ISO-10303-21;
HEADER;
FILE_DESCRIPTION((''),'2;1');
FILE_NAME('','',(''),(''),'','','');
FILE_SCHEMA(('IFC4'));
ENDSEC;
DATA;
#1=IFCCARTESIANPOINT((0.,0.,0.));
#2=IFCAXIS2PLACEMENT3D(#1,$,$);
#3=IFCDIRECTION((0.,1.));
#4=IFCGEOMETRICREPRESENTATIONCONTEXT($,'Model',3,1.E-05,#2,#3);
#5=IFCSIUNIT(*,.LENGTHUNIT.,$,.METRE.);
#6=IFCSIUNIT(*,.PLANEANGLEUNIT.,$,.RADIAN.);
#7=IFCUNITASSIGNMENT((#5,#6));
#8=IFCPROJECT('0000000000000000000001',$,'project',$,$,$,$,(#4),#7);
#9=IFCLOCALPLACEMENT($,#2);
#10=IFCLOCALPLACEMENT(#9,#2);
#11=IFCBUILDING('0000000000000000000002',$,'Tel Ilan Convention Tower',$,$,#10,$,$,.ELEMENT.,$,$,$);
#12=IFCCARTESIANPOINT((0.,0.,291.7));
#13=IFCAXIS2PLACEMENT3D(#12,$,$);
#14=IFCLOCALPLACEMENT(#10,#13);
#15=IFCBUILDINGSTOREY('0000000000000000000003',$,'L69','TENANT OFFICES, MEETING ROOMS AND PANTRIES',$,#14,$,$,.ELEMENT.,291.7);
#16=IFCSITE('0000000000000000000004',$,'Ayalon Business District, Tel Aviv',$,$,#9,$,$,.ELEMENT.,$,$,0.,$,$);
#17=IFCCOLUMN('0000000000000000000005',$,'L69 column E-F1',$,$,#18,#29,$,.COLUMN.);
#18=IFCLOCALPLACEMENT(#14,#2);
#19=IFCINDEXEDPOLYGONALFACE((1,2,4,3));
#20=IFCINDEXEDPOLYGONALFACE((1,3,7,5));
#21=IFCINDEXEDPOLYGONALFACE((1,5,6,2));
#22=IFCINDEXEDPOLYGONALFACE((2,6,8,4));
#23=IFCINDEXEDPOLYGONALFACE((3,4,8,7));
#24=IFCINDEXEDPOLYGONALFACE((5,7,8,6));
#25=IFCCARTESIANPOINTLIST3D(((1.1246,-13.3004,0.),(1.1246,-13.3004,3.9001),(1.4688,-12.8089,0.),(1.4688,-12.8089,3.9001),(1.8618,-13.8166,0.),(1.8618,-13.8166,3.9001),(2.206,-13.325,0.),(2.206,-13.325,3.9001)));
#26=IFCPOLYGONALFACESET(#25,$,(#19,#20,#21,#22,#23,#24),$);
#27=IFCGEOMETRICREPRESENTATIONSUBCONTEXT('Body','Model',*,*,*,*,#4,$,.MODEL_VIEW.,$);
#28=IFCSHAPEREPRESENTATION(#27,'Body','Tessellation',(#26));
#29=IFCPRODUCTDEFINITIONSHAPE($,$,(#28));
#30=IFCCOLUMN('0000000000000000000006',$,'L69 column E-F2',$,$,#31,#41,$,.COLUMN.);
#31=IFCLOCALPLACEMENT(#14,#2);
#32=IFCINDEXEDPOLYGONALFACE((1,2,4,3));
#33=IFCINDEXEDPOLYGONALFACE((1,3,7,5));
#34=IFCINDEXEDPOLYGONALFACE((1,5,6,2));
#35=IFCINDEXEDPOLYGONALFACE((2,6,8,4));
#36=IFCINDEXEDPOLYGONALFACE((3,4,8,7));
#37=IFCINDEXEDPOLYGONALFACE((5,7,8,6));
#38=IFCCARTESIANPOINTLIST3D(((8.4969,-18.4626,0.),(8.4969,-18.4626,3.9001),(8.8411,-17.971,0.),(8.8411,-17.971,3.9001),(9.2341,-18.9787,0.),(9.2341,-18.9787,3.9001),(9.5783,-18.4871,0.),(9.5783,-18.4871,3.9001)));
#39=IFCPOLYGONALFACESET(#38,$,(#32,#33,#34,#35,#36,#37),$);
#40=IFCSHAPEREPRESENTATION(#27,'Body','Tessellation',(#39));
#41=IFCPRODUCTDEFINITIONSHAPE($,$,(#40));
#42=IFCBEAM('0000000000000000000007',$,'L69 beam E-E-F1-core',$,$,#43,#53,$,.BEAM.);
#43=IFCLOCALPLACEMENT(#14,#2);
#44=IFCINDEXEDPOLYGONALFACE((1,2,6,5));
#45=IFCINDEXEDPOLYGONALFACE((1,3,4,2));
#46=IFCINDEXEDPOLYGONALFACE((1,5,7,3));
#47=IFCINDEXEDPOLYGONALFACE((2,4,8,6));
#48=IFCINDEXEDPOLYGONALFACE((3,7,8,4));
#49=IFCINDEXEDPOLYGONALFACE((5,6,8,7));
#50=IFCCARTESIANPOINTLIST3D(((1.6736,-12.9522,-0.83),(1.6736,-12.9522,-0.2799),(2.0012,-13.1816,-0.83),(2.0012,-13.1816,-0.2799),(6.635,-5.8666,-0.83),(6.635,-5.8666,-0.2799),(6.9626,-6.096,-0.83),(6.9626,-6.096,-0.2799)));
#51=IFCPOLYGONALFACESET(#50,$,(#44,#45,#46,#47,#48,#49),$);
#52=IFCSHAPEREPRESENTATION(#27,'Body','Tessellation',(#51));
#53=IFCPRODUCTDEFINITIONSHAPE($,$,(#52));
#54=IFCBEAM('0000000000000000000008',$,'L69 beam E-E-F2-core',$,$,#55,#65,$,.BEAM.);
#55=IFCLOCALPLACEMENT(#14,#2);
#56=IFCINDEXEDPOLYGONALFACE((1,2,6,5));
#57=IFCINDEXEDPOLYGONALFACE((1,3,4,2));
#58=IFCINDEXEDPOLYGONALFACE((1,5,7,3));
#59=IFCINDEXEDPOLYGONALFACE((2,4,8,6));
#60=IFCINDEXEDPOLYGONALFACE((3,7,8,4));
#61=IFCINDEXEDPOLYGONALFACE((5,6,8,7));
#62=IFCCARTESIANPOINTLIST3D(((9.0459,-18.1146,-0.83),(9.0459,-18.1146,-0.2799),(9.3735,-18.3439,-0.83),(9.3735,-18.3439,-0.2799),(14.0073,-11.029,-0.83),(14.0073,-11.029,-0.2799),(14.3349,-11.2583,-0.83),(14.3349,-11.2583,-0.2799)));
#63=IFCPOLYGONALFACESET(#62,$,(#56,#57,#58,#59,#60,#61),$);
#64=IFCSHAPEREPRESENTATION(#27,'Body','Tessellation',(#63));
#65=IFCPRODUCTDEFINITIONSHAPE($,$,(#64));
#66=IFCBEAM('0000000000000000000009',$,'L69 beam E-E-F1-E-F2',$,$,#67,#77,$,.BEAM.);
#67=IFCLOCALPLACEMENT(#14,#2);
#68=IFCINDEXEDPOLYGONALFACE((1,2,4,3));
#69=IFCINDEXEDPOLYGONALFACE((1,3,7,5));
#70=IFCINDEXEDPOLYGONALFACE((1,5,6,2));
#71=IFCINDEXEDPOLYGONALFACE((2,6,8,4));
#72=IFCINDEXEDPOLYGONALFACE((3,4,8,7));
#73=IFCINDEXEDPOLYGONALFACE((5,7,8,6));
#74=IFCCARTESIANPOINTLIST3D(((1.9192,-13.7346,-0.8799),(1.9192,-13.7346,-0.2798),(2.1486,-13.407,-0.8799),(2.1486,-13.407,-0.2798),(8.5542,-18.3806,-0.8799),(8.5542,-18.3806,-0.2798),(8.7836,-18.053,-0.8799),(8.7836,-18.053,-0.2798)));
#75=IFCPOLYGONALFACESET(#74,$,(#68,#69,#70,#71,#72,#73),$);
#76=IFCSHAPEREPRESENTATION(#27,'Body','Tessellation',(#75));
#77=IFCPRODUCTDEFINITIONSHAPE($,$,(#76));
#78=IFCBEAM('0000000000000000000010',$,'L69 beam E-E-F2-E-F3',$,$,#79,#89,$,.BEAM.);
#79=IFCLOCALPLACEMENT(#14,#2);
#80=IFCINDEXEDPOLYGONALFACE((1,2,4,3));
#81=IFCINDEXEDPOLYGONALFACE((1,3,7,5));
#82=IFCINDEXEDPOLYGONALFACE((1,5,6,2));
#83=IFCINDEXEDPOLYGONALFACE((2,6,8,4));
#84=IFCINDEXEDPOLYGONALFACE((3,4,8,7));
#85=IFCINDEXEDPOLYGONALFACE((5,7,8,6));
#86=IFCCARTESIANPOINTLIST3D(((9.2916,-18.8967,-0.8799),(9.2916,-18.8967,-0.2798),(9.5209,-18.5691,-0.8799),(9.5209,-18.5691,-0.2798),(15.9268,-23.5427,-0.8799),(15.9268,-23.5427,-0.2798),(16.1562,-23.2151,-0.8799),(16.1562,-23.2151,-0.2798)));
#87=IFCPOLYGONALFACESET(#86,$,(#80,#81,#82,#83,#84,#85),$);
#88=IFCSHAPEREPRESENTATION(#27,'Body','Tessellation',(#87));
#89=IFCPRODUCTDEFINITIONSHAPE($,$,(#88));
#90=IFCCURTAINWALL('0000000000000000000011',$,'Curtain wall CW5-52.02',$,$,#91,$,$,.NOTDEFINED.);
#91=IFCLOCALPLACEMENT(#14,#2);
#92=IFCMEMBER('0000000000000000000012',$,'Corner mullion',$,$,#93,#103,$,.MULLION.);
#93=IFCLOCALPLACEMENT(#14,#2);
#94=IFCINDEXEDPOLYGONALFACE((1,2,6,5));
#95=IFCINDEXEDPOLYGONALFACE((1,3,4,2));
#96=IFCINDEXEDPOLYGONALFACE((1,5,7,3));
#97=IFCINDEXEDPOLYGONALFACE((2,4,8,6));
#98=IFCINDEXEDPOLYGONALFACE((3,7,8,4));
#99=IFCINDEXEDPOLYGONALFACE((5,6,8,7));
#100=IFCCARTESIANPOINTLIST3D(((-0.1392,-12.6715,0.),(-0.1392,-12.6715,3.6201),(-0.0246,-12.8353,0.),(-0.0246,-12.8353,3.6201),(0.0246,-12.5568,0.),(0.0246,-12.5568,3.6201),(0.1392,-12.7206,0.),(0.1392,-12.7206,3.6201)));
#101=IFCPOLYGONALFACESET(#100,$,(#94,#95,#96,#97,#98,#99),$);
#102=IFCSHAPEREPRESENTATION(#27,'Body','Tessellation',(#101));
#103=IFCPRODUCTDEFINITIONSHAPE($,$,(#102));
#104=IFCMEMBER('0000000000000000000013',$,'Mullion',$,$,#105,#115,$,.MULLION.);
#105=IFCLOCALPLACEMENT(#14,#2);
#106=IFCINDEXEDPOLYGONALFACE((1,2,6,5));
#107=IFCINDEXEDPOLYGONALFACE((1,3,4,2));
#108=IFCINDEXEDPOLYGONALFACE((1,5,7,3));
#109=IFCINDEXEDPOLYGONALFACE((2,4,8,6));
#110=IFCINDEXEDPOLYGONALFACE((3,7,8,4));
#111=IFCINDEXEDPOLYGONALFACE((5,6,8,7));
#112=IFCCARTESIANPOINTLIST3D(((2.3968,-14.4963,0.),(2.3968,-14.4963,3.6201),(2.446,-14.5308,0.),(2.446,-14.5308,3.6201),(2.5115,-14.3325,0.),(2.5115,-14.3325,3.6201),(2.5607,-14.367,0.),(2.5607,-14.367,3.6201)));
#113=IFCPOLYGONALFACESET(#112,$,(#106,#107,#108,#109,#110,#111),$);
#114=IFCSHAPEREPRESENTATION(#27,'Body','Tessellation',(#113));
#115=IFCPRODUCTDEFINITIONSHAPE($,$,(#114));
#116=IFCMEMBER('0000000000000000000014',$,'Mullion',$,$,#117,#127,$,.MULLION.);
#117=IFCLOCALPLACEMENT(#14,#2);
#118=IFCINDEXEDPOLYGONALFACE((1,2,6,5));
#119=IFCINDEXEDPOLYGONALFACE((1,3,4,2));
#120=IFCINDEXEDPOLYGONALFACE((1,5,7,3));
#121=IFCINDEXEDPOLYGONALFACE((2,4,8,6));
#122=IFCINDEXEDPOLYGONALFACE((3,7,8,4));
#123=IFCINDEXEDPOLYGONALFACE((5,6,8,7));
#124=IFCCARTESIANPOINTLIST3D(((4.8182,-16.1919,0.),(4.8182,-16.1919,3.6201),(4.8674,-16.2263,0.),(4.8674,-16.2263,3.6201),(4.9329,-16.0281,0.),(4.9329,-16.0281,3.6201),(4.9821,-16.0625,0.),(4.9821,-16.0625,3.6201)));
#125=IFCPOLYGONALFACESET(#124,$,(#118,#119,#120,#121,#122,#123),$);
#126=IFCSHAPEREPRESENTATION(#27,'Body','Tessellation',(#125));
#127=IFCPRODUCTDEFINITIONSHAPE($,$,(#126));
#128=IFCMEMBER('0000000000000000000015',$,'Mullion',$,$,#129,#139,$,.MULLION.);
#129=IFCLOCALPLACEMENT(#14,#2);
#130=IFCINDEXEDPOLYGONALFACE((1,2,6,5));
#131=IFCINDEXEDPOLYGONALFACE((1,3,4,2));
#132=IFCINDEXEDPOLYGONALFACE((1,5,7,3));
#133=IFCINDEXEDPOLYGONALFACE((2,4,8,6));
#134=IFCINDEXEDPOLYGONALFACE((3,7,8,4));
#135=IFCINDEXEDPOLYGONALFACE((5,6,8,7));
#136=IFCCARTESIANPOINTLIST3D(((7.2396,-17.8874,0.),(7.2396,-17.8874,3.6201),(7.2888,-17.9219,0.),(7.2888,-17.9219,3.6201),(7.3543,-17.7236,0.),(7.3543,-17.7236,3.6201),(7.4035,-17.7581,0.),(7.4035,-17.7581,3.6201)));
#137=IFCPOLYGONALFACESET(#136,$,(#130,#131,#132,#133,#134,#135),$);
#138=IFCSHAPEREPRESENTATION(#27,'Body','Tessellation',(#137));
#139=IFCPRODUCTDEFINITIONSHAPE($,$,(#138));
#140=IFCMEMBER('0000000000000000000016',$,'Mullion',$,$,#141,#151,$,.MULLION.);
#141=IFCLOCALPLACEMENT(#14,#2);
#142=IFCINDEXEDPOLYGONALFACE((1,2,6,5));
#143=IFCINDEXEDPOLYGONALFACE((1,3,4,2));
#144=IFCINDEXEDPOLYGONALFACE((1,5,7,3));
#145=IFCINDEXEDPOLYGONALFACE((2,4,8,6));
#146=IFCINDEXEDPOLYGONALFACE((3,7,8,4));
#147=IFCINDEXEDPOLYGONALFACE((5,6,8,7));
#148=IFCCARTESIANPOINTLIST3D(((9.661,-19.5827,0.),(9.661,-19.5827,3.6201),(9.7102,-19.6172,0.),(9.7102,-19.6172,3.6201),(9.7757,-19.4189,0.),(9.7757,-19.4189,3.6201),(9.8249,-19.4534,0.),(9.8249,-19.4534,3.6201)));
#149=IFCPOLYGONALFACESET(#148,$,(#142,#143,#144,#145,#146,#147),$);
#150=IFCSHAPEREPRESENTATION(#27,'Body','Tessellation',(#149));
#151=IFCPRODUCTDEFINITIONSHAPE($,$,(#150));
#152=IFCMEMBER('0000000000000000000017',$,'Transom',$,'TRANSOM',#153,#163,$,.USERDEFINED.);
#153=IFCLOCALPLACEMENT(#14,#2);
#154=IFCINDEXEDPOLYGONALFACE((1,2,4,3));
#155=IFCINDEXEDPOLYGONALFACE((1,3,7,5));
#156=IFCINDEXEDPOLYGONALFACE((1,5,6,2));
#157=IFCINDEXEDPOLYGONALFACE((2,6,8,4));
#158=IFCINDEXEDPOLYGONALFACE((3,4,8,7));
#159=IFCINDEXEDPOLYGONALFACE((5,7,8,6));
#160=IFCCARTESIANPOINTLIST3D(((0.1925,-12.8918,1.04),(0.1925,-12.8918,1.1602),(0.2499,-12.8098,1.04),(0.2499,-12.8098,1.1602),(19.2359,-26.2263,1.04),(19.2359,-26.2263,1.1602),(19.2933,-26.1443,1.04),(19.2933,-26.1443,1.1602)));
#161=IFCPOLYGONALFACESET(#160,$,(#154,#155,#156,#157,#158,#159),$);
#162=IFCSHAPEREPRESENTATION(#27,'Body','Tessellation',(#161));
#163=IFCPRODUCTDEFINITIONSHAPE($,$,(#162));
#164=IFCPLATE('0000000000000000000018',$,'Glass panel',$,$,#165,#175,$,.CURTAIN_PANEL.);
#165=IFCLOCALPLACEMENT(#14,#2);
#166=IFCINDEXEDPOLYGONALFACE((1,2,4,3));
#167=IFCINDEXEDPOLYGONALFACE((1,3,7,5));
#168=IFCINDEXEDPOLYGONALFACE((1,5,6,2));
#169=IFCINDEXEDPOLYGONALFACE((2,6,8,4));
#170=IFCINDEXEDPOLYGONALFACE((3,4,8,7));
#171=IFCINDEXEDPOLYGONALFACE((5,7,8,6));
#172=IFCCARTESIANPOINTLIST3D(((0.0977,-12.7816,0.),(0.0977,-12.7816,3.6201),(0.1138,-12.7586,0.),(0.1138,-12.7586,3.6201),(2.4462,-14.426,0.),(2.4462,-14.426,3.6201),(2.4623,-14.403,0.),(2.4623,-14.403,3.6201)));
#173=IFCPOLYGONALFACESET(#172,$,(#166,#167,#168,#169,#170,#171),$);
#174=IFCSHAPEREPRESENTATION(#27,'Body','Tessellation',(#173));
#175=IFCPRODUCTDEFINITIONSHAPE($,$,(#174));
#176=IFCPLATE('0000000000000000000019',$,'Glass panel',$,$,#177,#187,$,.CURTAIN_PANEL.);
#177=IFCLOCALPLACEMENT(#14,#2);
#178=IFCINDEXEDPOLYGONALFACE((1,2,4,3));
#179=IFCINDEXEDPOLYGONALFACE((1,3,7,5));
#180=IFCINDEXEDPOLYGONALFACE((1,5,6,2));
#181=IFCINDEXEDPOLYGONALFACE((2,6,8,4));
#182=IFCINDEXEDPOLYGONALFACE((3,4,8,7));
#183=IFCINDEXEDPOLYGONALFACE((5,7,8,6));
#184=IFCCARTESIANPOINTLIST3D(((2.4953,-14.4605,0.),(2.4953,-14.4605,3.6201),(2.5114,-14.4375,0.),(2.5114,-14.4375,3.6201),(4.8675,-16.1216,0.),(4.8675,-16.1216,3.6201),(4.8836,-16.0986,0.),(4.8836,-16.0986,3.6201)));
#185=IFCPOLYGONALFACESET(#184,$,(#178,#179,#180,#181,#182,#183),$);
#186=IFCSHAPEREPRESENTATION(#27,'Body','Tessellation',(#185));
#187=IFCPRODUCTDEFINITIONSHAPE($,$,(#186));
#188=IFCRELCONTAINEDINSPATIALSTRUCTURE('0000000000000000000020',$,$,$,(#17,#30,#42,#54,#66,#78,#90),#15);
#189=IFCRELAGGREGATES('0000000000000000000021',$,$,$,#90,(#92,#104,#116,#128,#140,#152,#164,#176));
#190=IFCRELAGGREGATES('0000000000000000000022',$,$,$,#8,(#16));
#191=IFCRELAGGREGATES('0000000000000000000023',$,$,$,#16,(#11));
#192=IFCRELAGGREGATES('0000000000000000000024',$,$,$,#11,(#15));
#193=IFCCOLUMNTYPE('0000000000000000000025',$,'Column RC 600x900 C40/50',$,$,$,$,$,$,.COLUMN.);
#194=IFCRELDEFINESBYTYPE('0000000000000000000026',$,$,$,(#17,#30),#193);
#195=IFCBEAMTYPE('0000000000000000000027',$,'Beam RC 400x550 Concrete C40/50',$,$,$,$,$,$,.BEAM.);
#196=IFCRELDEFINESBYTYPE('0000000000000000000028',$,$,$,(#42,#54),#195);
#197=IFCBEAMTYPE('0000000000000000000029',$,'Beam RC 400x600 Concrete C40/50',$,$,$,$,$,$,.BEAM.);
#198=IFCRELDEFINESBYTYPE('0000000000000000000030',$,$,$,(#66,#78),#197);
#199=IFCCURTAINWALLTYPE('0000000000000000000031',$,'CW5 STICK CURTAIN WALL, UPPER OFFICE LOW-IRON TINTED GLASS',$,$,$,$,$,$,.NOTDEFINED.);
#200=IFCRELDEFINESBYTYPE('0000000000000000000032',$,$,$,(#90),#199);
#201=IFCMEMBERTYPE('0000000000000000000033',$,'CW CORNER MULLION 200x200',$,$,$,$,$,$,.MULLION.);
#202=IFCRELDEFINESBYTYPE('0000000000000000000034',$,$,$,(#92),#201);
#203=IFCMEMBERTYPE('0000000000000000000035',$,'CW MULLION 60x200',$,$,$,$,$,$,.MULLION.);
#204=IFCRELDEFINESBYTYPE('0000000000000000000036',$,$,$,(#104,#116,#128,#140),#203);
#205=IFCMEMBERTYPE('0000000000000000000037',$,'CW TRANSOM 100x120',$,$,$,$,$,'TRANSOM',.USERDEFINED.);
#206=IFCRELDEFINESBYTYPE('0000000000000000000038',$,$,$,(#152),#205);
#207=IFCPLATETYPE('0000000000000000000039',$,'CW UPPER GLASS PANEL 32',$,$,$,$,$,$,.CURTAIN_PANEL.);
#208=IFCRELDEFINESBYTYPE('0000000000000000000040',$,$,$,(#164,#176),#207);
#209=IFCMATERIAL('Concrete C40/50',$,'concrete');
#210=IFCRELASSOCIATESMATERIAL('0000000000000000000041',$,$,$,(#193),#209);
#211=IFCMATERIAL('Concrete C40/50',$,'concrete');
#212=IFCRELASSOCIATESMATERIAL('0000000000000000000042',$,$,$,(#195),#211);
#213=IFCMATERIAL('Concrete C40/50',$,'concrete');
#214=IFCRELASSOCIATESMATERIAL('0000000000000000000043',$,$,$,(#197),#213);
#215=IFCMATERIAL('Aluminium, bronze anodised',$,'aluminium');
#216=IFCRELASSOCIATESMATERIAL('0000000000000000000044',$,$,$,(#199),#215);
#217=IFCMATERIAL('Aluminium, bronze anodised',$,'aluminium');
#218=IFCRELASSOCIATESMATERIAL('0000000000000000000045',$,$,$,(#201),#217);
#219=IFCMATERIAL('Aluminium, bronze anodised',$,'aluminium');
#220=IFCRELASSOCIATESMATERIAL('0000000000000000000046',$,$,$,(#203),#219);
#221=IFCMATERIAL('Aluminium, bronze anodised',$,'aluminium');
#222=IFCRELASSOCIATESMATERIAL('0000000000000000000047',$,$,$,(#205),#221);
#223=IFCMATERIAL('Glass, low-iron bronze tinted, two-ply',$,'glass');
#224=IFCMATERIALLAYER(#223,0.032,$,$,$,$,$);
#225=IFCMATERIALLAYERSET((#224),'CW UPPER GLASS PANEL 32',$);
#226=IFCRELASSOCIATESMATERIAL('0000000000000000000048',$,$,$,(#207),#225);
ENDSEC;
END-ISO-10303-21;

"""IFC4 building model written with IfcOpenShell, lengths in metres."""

from ifc_helpers import new_model, si_unit, direction, frame, origin, origin_2d, place, context, subcontext, project, spatial, rectangle, extrude, material, layer, layer_set, material_profile, profile_set, type_object, element, aggregate, save


model = new_model("IFC4")

# Units and contexts
model_context = context("Model", 3, precision=1e-05, world=origin(), true_north=direction((0.0, 1.0)))
body_context = subcontext(model_context, "Body", "Model", "MODEL_VIEW")
ifc_project = project(units=[si_unit("LENGTHUNIT", "METRE"), si_unit("PLANEANGLEUNIT", "RADIAN")], contexts=[model_context])

# Site, building, storey
site_placement = place(None, origin())
site = spatial("IfcSite", under=ifc_project, at=site_placement, Name="Ayalon Business District, Tel Aviv", CompositionType="ELEMENT", RefElevation=0.0)
building_placement = place(site_placement, origin())
building = spatial("IfcBuilding", under=site, at=building_placement, Name="Tel Ilan Convention Tower", CompositionType="ELEMENT")
storey_placement = place(building_placement, frame((0.0, 0.0, 291.7)))
storey = spatial("IfcBuildingStorey", under=building, at=storey_placement, Name="L69", Description="TENANT OFFICES, MEETING ROOMS AND PANTRIES", CompositionType="ELEMENT", Elevation=291.7)

# Columns
ifc_material_1 = material(Name="Concrete C40/50", Category="concrete")
ifc_material_profile_1 = material_profile(ifc_material_1, rectangle(XDim=0.8999, YDim=0.6001, at=origin_2d()), Name="RC 600x900")
ifc_profile_set_1 = profile_set([ifc_material_profile_1], Name="Concrete C40/50")
column_type = type_object("IfcColumnType", Name="Column RC 600x900 C40/50", PredefinedType="COLUMN", material=ifc_profile_set_1)
for number, where, z_axis, x_axis, name in (
    (1, (1.6653, -13.3127, 0.0), (0.0, 0.0, 1.0), (0.819152, -0.573576, 0.0), "L69 column E-F1"),
    (2, (9.0376, -18.4749, 0.0), (0.0, 0.0, 1.0), (0.819152, -0.573576, 0.0), "L69 column E-F2"),
):
    element("IfcColumn", number, at=place(storey_placement, frame(where, z_axis=z_axis, x_axis=x_axis)), inside=storey, type_object=column_type, Name=name, PredefinedType="COLUMN", context=body_context, shape_type="SweptSolid", body=[
        extrude(rectangle(XDim=0.8999, YDim=0.6001, at=origin_2d()), origin(), (0.0, 0.0, 1.0), 3.9001),
    ])

# Beams
ifc_material_2 = material(Name="Concrete C40/50", Category="concrete")
ifc_material_profile_2 = material_profile(ifc_material_2, rectangle(XDim=0.3999, YDim=0.55, at=origin_2d()), Name="RC 400x550")
ifc_profile_set_2 = profile_set([ifc_material_profile_2], Name="Concrete C40/50")
beam_type_1 = type_object("IfcBeamType", Name="Beam RC 400x550 Concrete C40/50", PredefinedType="BEAM", material=ifc_profile_set_2)
for number, where, z_axis, x_axis, name in (
    (3, (1.8374, -13.0669, -0.5549), (0.573574, 0.819154, 0.0), (-0.819154, 0.573574, 0.0), "L69 beam E-E-F1-core"),
    (4, (9.2097, -18.2292, -0.5549), (0.573574, 0.819154, 0.0), (-0.819154, 0.573574, 0.0), "L69 beam E-E-F2-core"),
):
    element("IfcBeam", number, at=place(storey_placement, frame(where, z_axis=z_axis, x_axis=x_axis)), inside=storey, type_object=beam_type_1, Name=name, PredefinedType="BEAM", context=body_context, shape_type="SweptSolid", body=[
        extrude(rectangle(XDim=0.3999, YDim=0.55, at=origin_2d()), origin(), (0.0, 0.0, 1.0), 8.6499),
    ])
ifc_material_3 = material(Name="Concrete C40/50", Category="concrete")
ifc_material_profile_3 = material_profile(ifc_material_3, rectangle(XDim=0.3999, YDim=0.6001, at=origin_2d()), Name="RC 400x600")
ifc_profile_set_3 = profile_set([ifc_material_profile_3], Name="Concrete C40/50")
beam_type_2 = type_object("IfcBeamType", Name="Beam RC 400x600 Concrete C40/50", PredefinedType="BEAM", material=ifc_profile_set_3)
beam_1_placement = place(storey_placement, frame((2.0339, -13.5708, -0.5798), z_axis=(0.819146, -0.573586, 0.0), x_axis=(0.573586, 0.819146, 0.0)))
element("IfcBeam", 5, at=beam_1_placement, inside=storey, type_object=beam_type_2, Name="L69 beam E-E-F1-E-F2", PredefinedType="BEAM", context=body_context, shape_type="SweptSolid", body=[
    extrude(rectangle(XDim=0.3999, YDim=0.6001, at=origin_2d()), origin(), (0.0, 0.0, 1.0), 8.0999),
])
beam_2_placement = place(storey_placement, frame((9.4062, -18.7329, -0.5798), z_axis=(0.819155, -0.573572, 0.0), x_axis=(0.573572, 0.819155, 0.0)))
element("IfcBeam", 6, at=beam_2_placement, inside=storey, type_object=beam_type_2, Name="L69 beam E-E-F2-E-F3", PredefinedType="BEAM", context=body_context, shape_type="SweptSolid", body=[
    extrude(rectangle(XDim=0.3999, YDim=0.6001, at=origin_2d()), origin(), (0.0, 0.0, 1.0), 8.1001),
])

# Curtain wall, members, plates
ifc_material_4 = material(Name="Aluminium, bronze anodised", Category="aluminium")
curtain_wall_type = type_object("IfcCurtainWallType", Name="CW5 STICK CURTAIN WALL, UPPER OFFICE LOW-IRON TINTED GLASS", PredefinedType="NOTDEFINED", material=ifc_material_4)
curtain_wall_placement = place(storey_placement, origin())
curtain_wall = element("IfcCurtainWall", 7, at=curtain_wall_placement, inside=storey, type_object=curtain_wall_type, Name="Curtain wall CW5-52.02", PredefinedType="NOTDEFINED")
ifc_material_5 = material(Name="Aluminium, bronze anodised", Category="aluminium")
ifc_material_profile_4 = material_profile(ifc_material_5, rectangle(XDim=0.2, YDim=0.2, at=origin_2d()), Name="CW CORNER MULLION 200x200")
ifc_profile_set_4 = profile_set([ifc_material_profile_4], Name="Aluminium, bronze anodised")
member_type_1 = type_object("IfcMemberType", Name="CW CORNER MULLION 200x200", PredefinedType="MULLION", material=ifc_profile_set_4)
member_1_placement = place(storey_placement, frame((0.0, -12.696, 0.0), z_axis=(0.0, 0.0, 1.0), x_axis=(0.819152, 0.573576, 0.0)))
member_1 = element("IfcMember", 8, at=member_1_placement, type_object=member_type_1, Name="Corner mullion", PredefinedType="MULLION", context=body_context, shape_type="SweptSolid", body=[
    extrude(rectangle(XDim=0.2, YDim=0.2, at=origin_2d()), origin(), (0.0, 0.0, 1.0), 3.6201),
])
ifc_material_6 = material(Name="Aluminium, bronze anodised", Category="aluminium")
ifc_material_profile_5 = material_profile(ifc_material_6, rectangle(XDim=0.0601, YDim=0.2, at=origin_2d()), Name="CW MULLION 60x200")
ifc_profile_set_5 = profile_set([ifc_material_profile_5], Name="Aluminium, bronze anodised")
member_type_2 = type_object("IfcMemberType", Name="CW MULLION 60x200", PredefinedType="MULLION", material=ifc_profile_set_5)
member_2_placement = place(storey_placement, frame((2.4788, -14.4316, 0.0), z_axis=(0.0, 0.0, 1.0), x_axis=(0.819152, -0.573576, 0.0)))
member_2 = element("IfcMember", 9, at=member_2_placement, type_object=member_type_2, Name="Mullion", PredefinedType="MULLION", context=body_context, shape_type="SweptSolid", body=[
    extrude(rectangle(XDim=0.0601, YDim=0.2, at=origin_2d()), origin(), (0.0, 0.0, 1.0), 3.6201),
])
member_3_placement = place(storey_placement, frame((4.9001, -16.1272, 0.0), z_axis=(0.0, 0.0, 1.0), x_axis=(0.819152, -0.573576, 0.0)))
member_3 = element("IfcMember", 10, at=member_3_placement, type_object=member_type_2, Name="Mullion", PredefinedType="MULLION", context=body_context, shape_type="SweptSolid", body=[
    extrude(rectangle(XDim=0.0601, YDim=0.2, at=origin_2d()), origin(), (0.0, 0.0, 1.0), 3.6201),
])
member_4_placement = place(storey_placement, frame((7.3215, -17.8228, 0.0), z_axis=(0.0, 0.0, 1.0), x_axis=(0.819152, -0.573576, 0.0)))
member_4 = element("IfcMember", 11, at=member_4_placement, type_object=member_type_2, Name="Mullion", PredefinedType="MULLION", context=body_context, shape_type="SweptSolid", body=[
    extrude(rectangle(XDim=0.0601, YDim=0.2, at=origin_2d()), origin(), (0.0, 0.0, 1.0), 3.6201),
])
member_5_placement = place(storey_placement, frame((9.7429, -19.5181, 0.0), z_axis=(0.0, 0.0, 1.0), x_axis=(0.819152, -0.573576, 0.0)))
member_5 = element("IfcMember", 12, at=member_5_placement, type_object=member_type_2, Name="Mullion", PredefinedType="MULLION", context=body_context, shape_type="SweptSolid", body=[
    extrude(rectangle(XDim=0.0601, YDim=0.2, at=origin_2d()), origin(), (0.0, 0.0, 1.0), 3.6201),
])
ifc_material_7 = material(Name="Aluminium, bronze anodised", Category="aluminium")
ifc_material_profile_6 = material_profile(ifc_material_7, rectangle(XDim=0.1001, YDim=0.1201, at=origin_2d()), Name="CW TRANSOM 100x120")
ifc_profile_set_6 = profile_set([ifc_material_profile_6], Name="Aluminium, bronze anodised")
member_type_3 = type_object("IfcMemberType", Name="CW TRANSOM 100x120", ElementType="TRANSOM", PredefinedType="USERDEFINED", material=ifc_profile_set_6)
member_6_placement = place(storey_placement, frame((0.2212, -12.8508, 1.1001), z_axis=(0.81915, -0.573579, 0.0), x_axis=(0.573579, 0.81915, 0.0)))
member_6 = element("IfcMember", 13, at=member_6_placement, type_object=member_type_3, Name="Transom", ObjectType="TRANSOM", PredefinedType="USERDEFINED", context=body_context, shape_type="SweptSolid", body=[
    extrude(rectangle(XDim=0.1001, YDim=0.1201, at=origin_2d()), origin(), (0.0, 0.0, 1.0), 23.2478),
])
ifc_material_8 = material(Name="Glass, low-iron bronze tinted, two-ply", Category="glass")
ifc_layer_1 = layer(ifc_material_8, 0.032)
ifc_layer_set_1 = layer_set([ifc_layer_1], Name="CW UPPER GLASS PANEL 32")
plate_type = type_object("IfcPlateType", Name="CW UPPER GLASS PANEL 32", PredefinedType="CURTAIN_PANEL", material=ifc_layer_set_1)
plate_1_placement = place(storey_placement, frame((1.28, -13.5923, 0.0), z_axis=(0.0, 0.0, 1.0), x_axis=(0.819152, -0.573576, 0.0)))
plate_1 = element("IfcPlate", 14, at=plate_1_placement, type_object=plate_type, Name="Glass panel", PredefinedType="CURTAIN_PANEL", context=body_context, shape_type="SweptSolid", body=[
    extrude(rectangle(XDim=2.8669, YDim=0.0281, at=origin_2d()), origin(), (0.0, 0.0, 1.0), 3.6201),
])
plate_2_placement = place(storey_placement, frame((3.6895, -15.2795, 0.0), z_axis=(0.0, 0.0, 1.0), x_axis=(0.819152, -0.573576, 0.0)))
plate_2 = element("IfcPlate", 15, at=plate_2_placement, type_object=plate_type, Name="Glass panel", PredefinedType="CURTAIN_PANEL", context=body_context, shape_type="SweptSolid", body=[
    extrude(rectangle(XDim=2.896, YDim=0.0281, at=origin_2d()), origin(), (0.0, 0.0, 1.0), 3.6201),
])
aggregate(curtain_wall, [member_1, member_2, member_3, member_4, member_5, member_6, plate_1, plate_2])

save(model, "model.ifc")
